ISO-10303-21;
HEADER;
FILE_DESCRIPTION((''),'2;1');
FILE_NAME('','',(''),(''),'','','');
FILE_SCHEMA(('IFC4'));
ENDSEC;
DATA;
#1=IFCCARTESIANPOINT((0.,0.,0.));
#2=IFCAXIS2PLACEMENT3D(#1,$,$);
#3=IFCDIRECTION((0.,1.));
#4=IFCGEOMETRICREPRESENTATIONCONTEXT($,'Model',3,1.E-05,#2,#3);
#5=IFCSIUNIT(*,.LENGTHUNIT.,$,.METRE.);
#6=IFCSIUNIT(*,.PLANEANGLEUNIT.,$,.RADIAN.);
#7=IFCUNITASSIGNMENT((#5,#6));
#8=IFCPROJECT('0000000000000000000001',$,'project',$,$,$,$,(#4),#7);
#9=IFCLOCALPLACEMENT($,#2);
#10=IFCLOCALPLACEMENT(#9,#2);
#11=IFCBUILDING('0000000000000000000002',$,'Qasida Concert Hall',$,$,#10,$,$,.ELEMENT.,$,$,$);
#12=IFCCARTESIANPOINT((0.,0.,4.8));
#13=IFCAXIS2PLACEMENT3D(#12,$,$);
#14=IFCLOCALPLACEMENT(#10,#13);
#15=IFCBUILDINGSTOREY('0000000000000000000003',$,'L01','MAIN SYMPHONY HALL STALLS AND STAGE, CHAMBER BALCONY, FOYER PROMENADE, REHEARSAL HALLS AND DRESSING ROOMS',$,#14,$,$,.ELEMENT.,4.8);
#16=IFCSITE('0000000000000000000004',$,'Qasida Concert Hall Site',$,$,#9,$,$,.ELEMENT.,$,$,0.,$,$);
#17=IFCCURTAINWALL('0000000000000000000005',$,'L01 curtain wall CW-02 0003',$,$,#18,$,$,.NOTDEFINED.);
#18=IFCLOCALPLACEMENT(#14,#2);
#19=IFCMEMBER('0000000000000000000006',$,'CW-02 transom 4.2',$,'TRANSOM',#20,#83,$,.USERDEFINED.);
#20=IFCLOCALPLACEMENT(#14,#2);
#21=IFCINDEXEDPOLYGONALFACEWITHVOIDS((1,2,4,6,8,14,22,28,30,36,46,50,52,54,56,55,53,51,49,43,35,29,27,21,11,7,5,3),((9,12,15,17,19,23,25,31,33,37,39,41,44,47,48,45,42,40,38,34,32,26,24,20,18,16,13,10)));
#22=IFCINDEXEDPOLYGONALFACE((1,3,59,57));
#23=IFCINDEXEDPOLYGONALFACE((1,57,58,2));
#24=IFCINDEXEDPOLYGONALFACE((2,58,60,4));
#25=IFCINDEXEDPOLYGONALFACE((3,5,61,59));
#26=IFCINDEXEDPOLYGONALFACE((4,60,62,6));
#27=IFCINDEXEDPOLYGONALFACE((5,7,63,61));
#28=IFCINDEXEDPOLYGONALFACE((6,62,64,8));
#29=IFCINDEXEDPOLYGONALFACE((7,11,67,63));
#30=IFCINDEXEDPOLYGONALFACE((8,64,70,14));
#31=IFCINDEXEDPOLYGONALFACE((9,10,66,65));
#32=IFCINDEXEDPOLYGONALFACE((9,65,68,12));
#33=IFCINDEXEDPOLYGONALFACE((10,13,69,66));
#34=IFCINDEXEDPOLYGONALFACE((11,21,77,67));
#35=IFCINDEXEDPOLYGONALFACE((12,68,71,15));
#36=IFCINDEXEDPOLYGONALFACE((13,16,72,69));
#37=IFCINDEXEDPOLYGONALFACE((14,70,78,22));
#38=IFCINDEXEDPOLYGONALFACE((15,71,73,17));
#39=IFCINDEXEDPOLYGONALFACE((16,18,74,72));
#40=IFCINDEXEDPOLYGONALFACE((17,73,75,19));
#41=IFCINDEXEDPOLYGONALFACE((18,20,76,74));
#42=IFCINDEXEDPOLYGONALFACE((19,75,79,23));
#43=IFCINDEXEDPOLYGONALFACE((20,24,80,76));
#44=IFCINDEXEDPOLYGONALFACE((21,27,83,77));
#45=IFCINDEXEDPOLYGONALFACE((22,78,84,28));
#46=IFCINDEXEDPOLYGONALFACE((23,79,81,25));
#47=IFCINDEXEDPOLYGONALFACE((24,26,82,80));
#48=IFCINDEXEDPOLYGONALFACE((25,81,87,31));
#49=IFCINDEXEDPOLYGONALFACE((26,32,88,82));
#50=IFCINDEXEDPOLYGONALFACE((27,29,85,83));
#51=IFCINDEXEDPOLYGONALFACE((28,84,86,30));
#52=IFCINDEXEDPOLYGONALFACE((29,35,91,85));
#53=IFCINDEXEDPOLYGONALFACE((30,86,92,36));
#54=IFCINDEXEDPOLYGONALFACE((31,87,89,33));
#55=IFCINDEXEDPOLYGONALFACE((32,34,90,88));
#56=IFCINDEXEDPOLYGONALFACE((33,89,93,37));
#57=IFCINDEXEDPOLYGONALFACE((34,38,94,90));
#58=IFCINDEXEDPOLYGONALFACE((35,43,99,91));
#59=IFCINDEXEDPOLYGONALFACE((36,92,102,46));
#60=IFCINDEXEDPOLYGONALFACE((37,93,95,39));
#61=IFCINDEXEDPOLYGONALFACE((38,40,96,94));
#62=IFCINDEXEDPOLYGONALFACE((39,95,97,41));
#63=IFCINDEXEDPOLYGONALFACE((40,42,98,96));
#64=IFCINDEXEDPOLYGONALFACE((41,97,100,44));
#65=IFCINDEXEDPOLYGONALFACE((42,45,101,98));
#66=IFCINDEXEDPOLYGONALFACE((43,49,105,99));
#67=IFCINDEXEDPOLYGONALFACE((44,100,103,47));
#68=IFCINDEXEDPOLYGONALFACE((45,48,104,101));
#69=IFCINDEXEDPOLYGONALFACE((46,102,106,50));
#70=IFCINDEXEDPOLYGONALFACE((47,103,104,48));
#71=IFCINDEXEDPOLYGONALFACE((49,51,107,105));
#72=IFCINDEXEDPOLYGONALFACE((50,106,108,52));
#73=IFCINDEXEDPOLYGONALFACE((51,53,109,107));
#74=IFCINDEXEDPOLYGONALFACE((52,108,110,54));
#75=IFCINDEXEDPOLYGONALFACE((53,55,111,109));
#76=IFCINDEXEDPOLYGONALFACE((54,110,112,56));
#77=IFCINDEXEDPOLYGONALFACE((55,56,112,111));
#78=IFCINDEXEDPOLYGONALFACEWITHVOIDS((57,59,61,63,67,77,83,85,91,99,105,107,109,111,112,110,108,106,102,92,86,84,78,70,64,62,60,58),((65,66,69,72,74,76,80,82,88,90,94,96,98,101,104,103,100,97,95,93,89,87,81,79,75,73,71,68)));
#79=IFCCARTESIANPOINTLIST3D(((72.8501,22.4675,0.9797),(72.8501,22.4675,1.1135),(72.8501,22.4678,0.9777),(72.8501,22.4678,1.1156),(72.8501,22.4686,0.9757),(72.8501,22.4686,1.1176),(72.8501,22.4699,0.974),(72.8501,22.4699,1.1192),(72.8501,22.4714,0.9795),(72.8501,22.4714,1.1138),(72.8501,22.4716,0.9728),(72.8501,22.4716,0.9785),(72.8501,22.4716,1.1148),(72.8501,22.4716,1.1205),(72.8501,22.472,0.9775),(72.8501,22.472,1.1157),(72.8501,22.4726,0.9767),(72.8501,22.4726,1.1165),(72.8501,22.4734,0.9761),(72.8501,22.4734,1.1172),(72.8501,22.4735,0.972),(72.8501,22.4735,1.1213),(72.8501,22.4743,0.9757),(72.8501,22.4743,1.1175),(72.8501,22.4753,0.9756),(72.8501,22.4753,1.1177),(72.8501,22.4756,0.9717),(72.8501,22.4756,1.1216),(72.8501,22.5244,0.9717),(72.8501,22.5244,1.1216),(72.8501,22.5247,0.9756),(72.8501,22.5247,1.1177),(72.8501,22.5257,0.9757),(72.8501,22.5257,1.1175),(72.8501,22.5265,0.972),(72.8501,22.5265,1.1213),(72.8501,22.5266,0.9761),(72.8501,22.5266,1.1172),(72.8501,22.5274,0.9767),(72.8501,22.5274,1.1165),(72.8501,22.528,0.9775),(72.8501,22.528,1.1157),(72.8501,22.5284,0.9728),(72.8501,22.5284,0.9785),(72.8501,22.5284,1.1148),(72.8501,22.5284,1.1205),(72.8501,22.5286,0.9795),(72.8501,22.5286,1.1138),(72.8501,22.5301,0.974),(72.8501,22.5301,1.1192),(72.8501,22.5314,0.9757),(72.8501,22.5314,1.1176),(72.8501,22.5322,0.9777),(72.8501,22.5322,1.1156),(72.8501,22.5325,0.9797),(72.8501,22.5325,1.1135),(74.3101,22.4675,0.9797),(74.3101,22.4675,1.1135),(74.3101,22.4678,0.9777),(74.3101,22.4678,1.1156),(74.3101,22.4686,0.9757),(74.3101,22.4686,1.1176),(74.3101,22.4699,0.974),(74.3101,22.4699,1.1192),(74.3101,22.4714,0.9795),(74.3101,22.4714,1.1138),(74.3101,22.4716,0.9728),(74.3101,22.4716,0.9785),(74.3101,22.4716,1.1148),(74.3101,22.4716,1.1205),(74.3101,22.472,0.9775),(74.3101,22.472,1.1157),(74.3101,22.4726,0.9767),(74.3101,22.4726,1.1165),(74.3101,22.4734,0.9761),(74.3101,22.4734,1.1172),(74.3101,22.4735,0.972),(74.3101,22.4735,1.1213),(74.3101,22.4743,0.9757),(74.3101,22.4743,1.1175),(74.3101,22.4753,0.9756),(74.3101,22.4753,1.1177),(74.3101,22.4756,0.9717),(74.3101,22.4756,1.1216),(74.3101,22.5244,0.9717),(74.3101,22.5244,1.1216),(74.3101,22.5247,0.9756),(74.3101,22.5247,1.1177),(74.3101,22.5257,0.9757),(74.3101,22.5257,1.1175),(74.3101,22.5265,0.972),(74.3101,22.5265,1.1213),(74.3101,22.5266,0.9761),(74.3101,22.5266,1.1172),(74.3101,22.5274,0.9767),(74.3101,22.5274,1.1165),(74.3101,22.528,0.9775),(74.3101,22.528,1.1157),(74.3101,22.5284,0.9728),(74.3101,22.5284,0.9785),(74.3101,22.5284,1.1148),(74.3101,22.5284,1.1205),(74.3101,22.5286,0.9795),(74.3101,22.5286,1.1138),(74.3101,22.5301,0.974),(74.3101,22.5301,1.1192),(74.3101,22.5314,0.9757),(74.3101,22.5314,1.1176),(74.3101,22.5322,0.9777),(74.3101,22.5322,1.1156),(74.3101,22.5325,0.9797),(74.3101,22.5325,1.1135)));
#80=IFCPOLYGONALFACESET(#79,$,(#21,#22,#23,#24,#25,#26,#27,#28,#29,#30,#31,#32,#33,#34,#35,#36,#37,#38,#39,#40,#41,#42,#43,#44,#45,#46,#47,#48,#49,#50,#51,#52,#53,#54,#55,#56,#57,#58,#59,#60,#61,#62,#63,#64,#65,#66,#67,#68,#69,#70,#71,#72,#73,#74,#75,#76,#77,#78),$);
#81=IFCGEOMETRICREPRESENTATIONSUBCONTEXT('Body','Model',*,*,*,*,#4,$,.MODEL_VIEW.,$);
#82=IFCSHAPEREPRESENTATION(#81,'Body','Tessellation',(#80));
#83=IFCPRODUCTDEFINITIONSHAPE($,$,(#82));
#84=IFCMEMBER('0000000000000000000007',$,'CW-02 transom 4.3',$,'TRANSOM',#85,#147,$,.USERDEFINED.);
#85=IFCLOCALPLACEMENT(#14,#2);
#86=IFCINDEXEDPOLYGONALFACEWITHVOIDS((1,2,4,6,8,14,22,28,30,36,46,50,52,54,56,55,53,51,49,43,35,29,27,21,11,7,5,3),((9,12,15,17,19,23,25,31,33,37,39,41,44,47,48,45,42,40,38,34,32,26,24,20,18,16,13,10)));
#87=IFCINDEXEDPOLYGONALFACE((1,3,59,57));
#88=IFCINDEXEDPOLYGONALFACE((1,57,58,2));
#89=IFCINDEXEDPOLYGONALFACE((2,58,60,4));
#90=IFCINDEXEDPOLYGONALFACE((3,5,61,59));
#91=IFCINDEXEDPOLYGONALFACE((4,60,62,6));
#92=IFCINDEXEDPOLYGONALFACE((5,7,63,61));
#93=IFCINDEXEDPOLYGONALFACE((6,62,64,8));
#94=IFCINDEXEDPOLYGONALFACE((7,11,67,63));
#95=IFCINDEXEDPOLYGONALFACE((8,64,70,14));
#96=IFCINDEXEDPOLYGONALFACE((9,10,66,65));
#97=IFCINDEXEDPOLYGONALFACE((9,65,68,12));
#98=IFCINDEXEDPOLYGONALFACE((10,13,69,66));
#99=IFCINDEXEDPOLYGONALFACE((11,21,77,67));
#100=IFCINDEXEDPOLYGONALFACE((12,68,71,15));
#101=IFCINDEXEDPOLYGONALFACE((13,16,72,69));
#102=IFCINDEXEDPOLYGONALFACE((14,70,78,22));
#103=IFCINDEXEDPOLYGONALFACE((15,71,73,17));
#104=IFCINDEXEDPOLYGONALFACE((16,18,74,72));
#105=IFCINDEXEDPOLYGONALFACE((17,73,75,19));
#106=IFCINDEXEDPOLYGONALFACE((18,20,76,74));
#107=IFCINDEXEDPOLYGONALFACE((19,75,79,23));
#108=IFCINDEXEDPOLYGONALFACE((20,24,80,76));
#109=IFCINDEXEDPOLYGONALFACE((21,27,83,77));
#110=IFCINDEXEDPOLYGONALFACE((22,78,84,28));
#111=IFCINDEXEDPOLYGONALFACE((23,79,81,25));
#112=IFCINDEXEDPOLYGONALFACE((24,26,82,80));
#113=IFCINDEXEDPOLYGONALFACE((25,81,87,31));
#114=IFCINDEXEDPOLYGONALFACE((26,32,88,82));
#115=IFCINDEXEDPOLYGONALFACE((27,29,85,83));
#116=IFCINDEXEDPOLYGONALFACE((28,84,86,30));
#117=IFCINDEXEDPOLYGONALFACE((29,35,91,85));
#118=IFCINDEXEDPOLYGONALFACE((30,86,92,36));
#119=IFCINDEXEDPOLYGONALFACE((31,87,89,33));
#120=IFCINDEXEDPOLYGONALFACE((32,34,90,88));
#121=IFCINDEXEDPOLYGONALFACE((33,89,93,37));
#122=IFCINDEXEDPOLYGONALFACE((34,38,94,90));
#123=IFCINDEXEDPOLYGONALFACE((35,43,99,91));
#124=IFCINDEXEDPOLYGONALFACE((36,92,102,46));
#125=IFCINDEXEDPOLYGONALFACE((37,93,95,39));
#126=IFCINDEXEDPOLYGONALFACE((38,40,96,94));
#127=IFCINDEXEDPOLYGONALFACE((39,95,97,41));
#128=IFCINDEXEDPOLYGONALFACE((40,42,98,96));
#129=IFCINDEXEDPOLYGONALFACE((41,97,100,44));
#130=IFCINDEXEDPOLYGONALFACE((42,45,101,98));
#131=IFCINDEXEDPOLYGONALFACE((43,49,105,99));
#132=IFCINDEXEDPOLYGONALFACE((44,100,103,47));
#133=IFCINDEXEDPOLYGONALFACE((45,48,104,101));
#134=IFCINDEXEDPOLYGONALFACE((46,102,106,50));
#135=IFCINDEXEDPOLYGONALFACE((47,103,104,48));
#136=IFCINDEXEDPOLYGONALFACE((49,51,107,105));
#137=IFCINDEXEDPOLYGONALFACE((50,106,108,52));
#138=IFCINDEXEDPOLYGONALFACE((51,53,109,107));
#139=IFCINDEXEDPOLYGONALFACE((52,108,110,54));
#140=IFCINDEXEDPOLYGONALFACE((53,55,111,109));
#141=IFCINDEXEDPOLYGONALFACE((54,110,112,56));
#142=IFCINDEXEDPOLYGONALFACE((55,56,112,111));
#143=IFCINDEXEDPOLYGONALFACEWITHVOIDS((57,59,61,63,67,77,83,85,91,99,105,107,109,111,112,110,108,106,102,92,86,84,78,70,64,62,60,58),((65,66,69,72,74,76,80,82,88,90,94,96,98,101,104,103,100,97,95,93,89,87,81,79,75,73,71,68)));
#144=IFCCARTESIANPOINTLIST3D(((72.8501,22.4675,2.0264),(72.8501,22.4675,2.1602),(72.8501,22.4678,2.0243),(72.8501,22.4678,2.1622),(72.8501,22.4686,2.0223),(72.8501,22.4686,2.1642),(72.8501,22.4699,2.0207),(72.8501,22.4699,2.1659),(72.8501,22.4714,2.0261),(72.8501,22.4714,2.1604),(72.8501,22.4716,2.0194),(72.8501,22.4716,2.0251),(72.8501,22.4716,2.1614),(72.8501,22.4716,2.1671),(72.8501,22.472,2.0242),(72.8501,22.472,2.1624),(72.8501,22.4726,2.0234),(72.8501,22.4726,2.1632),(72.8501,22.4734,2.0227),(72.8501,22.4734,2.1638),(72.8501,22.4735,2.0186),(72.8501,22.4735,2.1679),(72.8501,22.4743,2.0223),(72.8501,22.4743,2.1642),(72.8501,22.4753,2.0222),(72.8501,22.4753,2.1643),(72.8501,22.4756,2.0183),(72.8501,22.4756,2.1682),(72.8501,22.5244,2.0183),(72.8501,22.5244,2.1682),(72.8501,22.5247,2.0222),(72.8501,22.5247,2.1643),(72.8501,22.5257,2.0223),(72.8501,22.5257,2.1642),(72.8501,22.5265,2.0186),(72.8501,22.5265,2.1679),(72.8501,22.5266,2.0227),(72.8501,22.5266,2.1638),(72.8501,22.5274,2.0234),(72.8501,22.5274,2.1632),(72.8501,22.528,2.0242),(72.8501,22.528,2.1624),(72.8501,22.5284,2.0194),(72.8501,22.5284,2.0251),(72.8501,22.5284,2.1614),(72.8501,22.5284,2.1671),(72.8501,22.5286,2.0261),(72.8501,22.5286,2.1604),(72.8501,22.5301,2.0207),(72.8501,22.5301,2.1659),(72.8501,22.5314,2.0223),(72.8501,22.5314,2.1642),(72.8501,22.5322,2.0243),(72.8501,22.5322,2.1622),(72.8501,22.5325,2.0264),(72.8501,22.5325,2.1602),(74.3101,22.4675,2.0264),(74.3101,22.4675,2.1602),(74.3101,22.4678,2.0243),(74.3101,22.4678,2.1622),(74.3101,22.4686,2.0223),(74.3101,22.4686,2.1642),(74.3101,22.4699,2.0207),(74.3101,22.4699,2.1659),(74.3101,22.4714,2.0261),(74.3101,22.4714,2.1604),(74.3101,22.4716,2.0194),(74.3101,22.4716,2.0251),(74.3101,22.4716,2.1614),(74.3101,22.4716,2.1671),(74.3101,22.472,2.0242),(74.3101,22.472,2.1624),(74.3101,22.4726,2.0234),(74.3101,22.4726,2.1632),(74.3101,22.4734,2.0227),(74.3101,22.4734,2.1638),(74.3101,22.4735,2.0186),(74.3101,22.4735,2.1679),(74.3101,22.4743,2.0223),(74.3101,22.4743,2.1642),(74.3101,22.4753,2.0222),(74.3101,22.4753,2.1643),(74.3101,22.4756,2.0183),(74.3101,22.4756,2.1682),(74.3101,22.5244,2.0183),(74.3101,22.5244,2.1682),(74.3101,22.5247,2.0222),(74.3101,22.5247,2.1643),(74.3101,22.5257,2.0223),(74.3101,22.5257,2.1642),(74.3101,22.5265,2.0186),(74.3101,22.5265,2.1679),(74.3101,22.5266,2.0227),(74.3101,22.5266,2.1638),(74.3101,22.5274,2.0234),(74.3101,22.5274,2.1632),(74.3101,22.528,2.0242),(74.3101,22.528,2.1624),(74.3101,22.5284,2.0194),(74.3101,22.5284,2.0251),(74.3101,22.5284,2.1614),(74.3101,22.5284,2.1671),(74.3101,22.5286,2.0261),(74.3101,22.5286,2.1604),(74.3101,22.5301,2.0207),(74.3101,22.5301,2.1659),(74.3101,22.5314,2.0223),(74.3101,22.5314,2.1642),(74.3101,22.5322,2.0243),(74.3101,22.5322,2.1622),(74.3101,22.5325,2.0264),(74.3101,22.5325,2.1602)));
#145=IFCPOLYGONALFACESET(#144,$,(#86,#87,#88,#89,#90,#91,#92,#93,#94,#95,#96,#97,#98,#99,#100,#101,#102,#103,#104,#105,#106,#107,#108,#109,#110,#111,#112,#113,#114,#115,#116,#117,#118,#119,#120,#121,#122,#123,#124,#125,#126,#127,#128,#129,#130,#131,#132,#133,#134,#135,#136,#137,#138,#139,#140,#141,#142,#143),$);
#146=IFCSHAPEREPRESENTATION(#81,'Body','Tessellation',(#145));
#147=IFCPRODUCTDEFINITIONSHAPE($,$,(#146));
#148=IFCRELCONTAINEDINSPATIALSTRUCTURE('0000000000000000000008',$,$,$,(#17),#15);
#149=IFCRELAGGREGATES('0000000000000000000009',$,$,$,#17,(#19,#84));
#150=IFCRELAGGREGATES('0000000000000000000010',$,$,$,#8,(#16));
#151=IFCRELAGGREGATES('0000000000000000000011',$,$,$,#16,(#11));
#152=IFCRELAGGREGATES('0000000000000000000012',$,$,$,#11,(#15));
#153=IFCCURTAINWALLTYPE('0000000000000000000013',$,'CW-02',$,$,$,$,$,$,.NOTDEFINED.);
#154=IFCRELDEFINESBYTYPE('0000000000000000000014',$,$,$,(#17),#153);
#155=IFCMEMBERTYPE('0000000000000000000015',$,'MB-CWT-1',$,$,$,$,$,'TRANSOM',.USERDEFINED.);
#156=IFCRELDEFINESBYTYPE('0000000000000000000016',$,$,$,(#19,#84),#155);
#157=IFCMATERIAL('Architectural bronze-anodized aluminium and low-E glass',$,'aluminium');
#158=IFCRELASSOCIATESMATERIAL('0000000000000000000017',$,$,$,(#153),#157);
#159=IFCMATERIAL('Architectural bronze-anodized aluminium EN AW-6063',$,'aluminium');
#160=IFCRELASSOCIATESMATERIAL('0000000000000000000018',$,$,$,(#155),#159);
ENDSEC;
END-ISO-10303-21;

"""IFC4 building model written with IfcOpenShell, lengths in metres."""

from ifc_helpers import new_model, si_unit, direction, frame, origin, origin_2d, place, context, subcontext, project, spatial, hollow_rectangle, extrude, material, material_profile, profile_set, type_object, element, aggregate, save


model = new_model("IFC4")

# Units and contexts
model_context = context("Model", 3, precision=1e-05, world=origin(), true_north=direction((0.0, 1.0)))
body_context = subcontext(model_context, "Body", "Model", "MODEL_VIEW")
ifc_project = project(units=[si_unit("LENGTHUNIT", "METRE"), si_unit("PLANEANGLEUNIT", "RADIAN")], contexts=[model_context])

# Site, building, storey
site_placement = place(None, origin())
site = spatial("IfcSite", under=ifc_project, at=site_placement, Name="Qasida Concert Hall Site", CompositionType="ELEMENT", RefElevation=0.0)
building_placement = place(site_placement, origin())
building = spatial("IfcBuilding", under=site, at=building_placement, Name="Qasida Concert Hall", CompositionType="ELEMENT")
storey_placement = place(building_placement, frame((0.0, 0.0, 4.8)))
storey = spatial("IfcBuildingStorey", under=building, at=storey_placement, Name="L01", Description="MAIN SYMPHONY HALL STALLS AND STAGE, CHAMBER BALCONY, FOYER PROMENADE, REHEARSAL HALLS AND DRESSING ROOMS", CompositionType="ELEMENT", Elevation=4.8)

# Curtain wall
ifc_material_1 = material(Name="Architectural bronze-anodized aluminium and low-E glass", Category="aluminium")
curtain_wall_type = type_object("IfcCurtainWallType", Name="CW-02", PredefinedType="NOTDEFINED", material=ifc_material_1)
curtain_wall_1_placement = place(storey_placement, origin())
curtain_wall_1 = element("IfcCurtainWall", 1, at=curtain_wall_1_placement, inside=storey, type_object=curtain_wall_type, Name="L01 curtain wall CW-02 0003", PredefinedType="NOTDEFINED")
ifc_material_2 = material(Name="Architectural bronze-anodized aluminium EN AW-6063", Category="aluminium")

# Members
ifc_material_profile_1 = material_profile(ifc_material_2, hollow_rectangle(XDim=0.0649, YDim=0.1499, WallThickness=0.0039, InnerFilletRadius=0.0039, OuterFilletRadius=0.0081, at=origin_2d()), Name="CWT 150x65x4")
ifc_profile_set_1 = profile_set([ifc_material_profile_1], Name="Architectural bronze-anodized aluminium EN AW-6063")
member_type_1 = type_object("IfcMemberType", Name="MB-CWT-1", ElementType="TRANSOM", PredefinedType="USERDEFINED", material=ifc_profile_set_1)
member_1_placement = place(storey_placement, frame((72.8501, 22.5, 1.0466), z_axis=(1.0, 0.0, 0.0), x_axis=(0.0, 1.0, 0.0)))
member_1 = element("IfcMember", 2, at=member_1_placement, type_object=member_type_1, Name="CW-02 transom 4.2", ObjectType="TRANSOM", PredefinedType="USERDEFINED", context=body_context, shape_type="SweptSolid", body=[
    extrude(hollow_rectangle(XDim=0.0649, YDim=0.1499, WallThickness=0.0039, InnerFilletRadius=0.0039, OuterFilletRadius=0.0081, at=origin_2d()), origin(), (0.0, 0.0, 1.0), 1.46),
])
member_2_placement = place(storey_placement, frame((72.8501, 22.5, 2.0933), z_axis=(1.0, 0.0, 0.0), x_axis=(0.0, 1.0, 0.0)))
member_2 = element("IfcMember", 3, at=member_2_placement, type_object=member_type_1, Name="CW-02 transom 4.3", ObjectType="TRANSOM", PredefinedType="USERDEFINED", context=body_context, shape_type="SweptSolid", body=[
    extrude(hollow_rectangle(XDim=0.0649, YDim=0.1499, WallThickness=0.0039, InnerFilletRadius=0.0039, OuterFilletRadius=0.0081, at=origin_2d()), origin(), (0.0, 0.0, 1.0), 1.46),
])

aggregate(curtain_wall_1, [member_1, member_2])

save(model, "model.ifc")
